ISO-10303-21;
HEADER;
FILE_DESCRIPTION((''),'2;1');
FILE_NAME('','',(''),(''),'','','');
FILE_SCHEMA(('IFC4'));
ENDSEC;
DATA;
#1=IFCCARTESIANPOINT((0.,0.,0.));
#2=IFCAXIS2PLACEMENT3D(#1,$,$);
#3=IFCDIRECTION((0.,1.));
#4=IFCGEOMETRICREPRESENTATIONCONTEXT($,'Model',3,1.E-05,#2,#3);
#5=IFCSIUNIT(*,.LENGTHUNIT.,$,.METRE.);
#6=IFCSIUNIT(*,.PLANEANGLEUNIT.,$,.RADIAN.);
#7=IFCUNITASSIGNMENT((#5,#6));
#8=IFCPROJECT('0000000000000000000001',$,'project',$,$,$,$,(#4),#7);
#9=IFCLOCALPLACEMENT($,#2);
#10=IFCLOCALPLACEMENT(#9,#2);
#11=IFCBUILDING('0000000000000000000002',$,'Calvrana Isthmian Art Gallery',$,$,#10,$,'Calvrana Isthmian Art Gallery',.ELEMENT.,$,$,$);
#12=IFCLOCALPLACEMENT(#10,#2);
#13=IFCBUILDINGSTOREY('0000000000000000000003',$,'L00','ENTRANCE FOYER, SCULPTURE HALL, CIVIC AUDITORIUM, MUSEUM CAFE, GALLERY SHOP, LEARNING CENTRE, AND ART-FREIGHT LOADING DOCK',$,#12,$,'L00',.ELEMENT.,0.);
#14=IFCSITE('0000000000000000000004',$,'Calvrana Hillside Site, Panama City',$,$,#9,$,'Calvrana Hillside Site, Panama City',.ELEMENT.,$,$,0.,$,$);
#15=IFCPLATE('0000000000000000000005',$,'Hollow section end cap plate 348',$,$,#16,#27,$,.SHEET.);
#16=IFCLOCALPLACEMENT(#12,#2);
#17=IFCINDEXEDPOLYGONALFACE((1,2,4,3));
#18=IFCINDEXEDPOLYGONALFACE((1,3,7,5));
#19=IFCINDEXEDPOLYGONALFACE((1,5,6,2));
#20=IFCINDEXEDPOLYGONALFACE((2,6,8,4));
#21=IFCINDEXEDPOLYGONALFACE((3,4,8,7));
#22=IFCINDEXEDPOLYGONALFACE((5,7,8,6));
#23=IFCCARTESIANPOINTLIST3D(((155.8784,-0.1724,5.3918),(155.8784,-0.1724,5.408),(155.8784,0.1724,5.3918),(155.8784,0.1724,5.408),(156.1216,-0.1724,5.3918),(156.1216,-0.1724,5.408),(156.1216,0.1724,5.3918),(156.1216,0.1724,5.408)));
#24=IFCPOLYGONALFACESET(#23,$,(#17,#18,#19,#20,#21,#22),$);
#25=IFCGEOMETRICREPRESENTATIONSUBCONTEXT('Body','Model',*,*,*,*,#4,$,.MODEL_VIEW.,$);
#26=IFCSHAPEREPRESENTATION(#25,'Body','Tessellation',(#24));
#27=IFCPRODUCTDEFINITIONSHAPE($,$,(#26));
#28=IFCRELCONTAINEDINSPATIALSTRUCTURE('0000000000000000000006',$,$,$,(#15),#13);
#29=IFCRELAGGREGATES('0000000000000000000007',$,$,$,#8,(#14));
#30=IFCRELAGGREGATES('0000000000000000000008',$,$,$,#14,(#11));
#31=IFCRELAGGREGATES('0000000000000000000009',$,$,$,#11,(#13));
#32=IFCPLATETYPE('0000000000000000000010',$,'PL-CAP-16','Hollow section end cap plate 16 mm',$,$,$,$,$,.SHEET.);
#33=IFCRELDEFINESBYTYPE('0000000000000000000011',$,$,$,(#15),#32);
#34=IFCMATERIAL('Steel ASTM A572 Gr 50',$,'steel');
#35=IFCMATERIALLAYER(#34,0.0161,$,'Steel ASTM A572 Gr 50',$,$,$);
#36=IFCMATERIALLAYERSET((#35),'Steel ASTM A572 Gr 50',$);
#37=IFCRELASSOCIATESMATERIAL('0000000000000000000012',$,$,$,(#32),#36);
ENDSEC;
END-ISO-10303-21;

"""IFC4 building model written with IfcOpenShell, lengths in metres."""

from ifc_helpers import new_model, si_unit, direction, frame, origin, origin_2d, place, context, subcontext, project, spatial, rectangle, extrude, material, layer, layer_set, type_object, element, save


model = new_model("IFC4")

# Units and contexts
model_context = context("Model", 3, precision=1e-05, world=origin(), true_north=direction((0.0, 1.0)))
body_context = subcontext(model_context, "Body", "Model", "MODEL_VIEW")
ifc_project = project(units=[si_unit("LENGTHUNIT", "METRE"), si_unit("PLANEANGLEUNIT", "RADIAN")], contexts=[model_context])

# Site, building, storey
site_placement = place(None, origin())
site = spatial("IfcSite", under=ifc_project, at=site_placement, Name="Calvrana Hillside Site, Panama City", LongName="Calvrana Hillside Site, Panama City", CompositionType="ELEMENT", RefElevation=0.0)
building_placement = place(site_placement, origin())
building = spatial("IfcBuilding", under=site, at=building_placement, Name="Calvrana Isthmian Art Gallery", LongName="Calvrana Isthmian Art Gallery", CompositionType="ELEMENT")
storey_placement = place(building_placement, origin())
storey = spatial("IfcBuildingStorey", under=building, at=storey_placement, Name="L00", Description="ENTRANCE FOYER, SCULPTURE HALL, CIVIC AUDITORIUM, MUSEUM CAFE, GALLERY SHOP, LEARNING CENTRE, AND ART-FREIGHT LOADING DOCK", LongName="L00", CompositionType="ELEMENT", Elevation=0.0)

# Plate
ifc_material_1 = material(Name="Steel ASTM A572 Gr 50", Category="steel")
ifc_layer_1 = layer(ifc_material_1, 0.0161, Name="Steel ASTM A572 Gr 50")
ifc_layer_set_1 = layer_set([ifc_layer_1], Name="Steel ASTM A572 Gr 50")
plate_type_1 = type_object("IfcPlateType", Name="PL-CAP-16", Description="Hollow section end cap plate 16 mm", PredefinedType="SHEET", material=ifc_layer_set_1)
for number, where, z_axis, x_axis, name in (
    (1, (156.0, 0.0, 5.3918), (0.0, 0.0, 1.0), (1.0, 0.0, 0.0), "Hollow section end cap plate 348"),
):
    element("IfcPlate", number, at=place(storey_placement, frame(where, z_axis=z_axis, x_axis=x_axis)), inside=storey, type_object=plate_type_1, Name=name, PredefinedType="SHEET", context=body_context, shape_type="SweptSolid", body=[
        extrude(rectangle(XDim=0.2432, YDim=0.3447, at=origin_2d()), origin(), (0.0, 0.0, 1.0), 0.0161),
    ])

save(model, "model.ifc")
